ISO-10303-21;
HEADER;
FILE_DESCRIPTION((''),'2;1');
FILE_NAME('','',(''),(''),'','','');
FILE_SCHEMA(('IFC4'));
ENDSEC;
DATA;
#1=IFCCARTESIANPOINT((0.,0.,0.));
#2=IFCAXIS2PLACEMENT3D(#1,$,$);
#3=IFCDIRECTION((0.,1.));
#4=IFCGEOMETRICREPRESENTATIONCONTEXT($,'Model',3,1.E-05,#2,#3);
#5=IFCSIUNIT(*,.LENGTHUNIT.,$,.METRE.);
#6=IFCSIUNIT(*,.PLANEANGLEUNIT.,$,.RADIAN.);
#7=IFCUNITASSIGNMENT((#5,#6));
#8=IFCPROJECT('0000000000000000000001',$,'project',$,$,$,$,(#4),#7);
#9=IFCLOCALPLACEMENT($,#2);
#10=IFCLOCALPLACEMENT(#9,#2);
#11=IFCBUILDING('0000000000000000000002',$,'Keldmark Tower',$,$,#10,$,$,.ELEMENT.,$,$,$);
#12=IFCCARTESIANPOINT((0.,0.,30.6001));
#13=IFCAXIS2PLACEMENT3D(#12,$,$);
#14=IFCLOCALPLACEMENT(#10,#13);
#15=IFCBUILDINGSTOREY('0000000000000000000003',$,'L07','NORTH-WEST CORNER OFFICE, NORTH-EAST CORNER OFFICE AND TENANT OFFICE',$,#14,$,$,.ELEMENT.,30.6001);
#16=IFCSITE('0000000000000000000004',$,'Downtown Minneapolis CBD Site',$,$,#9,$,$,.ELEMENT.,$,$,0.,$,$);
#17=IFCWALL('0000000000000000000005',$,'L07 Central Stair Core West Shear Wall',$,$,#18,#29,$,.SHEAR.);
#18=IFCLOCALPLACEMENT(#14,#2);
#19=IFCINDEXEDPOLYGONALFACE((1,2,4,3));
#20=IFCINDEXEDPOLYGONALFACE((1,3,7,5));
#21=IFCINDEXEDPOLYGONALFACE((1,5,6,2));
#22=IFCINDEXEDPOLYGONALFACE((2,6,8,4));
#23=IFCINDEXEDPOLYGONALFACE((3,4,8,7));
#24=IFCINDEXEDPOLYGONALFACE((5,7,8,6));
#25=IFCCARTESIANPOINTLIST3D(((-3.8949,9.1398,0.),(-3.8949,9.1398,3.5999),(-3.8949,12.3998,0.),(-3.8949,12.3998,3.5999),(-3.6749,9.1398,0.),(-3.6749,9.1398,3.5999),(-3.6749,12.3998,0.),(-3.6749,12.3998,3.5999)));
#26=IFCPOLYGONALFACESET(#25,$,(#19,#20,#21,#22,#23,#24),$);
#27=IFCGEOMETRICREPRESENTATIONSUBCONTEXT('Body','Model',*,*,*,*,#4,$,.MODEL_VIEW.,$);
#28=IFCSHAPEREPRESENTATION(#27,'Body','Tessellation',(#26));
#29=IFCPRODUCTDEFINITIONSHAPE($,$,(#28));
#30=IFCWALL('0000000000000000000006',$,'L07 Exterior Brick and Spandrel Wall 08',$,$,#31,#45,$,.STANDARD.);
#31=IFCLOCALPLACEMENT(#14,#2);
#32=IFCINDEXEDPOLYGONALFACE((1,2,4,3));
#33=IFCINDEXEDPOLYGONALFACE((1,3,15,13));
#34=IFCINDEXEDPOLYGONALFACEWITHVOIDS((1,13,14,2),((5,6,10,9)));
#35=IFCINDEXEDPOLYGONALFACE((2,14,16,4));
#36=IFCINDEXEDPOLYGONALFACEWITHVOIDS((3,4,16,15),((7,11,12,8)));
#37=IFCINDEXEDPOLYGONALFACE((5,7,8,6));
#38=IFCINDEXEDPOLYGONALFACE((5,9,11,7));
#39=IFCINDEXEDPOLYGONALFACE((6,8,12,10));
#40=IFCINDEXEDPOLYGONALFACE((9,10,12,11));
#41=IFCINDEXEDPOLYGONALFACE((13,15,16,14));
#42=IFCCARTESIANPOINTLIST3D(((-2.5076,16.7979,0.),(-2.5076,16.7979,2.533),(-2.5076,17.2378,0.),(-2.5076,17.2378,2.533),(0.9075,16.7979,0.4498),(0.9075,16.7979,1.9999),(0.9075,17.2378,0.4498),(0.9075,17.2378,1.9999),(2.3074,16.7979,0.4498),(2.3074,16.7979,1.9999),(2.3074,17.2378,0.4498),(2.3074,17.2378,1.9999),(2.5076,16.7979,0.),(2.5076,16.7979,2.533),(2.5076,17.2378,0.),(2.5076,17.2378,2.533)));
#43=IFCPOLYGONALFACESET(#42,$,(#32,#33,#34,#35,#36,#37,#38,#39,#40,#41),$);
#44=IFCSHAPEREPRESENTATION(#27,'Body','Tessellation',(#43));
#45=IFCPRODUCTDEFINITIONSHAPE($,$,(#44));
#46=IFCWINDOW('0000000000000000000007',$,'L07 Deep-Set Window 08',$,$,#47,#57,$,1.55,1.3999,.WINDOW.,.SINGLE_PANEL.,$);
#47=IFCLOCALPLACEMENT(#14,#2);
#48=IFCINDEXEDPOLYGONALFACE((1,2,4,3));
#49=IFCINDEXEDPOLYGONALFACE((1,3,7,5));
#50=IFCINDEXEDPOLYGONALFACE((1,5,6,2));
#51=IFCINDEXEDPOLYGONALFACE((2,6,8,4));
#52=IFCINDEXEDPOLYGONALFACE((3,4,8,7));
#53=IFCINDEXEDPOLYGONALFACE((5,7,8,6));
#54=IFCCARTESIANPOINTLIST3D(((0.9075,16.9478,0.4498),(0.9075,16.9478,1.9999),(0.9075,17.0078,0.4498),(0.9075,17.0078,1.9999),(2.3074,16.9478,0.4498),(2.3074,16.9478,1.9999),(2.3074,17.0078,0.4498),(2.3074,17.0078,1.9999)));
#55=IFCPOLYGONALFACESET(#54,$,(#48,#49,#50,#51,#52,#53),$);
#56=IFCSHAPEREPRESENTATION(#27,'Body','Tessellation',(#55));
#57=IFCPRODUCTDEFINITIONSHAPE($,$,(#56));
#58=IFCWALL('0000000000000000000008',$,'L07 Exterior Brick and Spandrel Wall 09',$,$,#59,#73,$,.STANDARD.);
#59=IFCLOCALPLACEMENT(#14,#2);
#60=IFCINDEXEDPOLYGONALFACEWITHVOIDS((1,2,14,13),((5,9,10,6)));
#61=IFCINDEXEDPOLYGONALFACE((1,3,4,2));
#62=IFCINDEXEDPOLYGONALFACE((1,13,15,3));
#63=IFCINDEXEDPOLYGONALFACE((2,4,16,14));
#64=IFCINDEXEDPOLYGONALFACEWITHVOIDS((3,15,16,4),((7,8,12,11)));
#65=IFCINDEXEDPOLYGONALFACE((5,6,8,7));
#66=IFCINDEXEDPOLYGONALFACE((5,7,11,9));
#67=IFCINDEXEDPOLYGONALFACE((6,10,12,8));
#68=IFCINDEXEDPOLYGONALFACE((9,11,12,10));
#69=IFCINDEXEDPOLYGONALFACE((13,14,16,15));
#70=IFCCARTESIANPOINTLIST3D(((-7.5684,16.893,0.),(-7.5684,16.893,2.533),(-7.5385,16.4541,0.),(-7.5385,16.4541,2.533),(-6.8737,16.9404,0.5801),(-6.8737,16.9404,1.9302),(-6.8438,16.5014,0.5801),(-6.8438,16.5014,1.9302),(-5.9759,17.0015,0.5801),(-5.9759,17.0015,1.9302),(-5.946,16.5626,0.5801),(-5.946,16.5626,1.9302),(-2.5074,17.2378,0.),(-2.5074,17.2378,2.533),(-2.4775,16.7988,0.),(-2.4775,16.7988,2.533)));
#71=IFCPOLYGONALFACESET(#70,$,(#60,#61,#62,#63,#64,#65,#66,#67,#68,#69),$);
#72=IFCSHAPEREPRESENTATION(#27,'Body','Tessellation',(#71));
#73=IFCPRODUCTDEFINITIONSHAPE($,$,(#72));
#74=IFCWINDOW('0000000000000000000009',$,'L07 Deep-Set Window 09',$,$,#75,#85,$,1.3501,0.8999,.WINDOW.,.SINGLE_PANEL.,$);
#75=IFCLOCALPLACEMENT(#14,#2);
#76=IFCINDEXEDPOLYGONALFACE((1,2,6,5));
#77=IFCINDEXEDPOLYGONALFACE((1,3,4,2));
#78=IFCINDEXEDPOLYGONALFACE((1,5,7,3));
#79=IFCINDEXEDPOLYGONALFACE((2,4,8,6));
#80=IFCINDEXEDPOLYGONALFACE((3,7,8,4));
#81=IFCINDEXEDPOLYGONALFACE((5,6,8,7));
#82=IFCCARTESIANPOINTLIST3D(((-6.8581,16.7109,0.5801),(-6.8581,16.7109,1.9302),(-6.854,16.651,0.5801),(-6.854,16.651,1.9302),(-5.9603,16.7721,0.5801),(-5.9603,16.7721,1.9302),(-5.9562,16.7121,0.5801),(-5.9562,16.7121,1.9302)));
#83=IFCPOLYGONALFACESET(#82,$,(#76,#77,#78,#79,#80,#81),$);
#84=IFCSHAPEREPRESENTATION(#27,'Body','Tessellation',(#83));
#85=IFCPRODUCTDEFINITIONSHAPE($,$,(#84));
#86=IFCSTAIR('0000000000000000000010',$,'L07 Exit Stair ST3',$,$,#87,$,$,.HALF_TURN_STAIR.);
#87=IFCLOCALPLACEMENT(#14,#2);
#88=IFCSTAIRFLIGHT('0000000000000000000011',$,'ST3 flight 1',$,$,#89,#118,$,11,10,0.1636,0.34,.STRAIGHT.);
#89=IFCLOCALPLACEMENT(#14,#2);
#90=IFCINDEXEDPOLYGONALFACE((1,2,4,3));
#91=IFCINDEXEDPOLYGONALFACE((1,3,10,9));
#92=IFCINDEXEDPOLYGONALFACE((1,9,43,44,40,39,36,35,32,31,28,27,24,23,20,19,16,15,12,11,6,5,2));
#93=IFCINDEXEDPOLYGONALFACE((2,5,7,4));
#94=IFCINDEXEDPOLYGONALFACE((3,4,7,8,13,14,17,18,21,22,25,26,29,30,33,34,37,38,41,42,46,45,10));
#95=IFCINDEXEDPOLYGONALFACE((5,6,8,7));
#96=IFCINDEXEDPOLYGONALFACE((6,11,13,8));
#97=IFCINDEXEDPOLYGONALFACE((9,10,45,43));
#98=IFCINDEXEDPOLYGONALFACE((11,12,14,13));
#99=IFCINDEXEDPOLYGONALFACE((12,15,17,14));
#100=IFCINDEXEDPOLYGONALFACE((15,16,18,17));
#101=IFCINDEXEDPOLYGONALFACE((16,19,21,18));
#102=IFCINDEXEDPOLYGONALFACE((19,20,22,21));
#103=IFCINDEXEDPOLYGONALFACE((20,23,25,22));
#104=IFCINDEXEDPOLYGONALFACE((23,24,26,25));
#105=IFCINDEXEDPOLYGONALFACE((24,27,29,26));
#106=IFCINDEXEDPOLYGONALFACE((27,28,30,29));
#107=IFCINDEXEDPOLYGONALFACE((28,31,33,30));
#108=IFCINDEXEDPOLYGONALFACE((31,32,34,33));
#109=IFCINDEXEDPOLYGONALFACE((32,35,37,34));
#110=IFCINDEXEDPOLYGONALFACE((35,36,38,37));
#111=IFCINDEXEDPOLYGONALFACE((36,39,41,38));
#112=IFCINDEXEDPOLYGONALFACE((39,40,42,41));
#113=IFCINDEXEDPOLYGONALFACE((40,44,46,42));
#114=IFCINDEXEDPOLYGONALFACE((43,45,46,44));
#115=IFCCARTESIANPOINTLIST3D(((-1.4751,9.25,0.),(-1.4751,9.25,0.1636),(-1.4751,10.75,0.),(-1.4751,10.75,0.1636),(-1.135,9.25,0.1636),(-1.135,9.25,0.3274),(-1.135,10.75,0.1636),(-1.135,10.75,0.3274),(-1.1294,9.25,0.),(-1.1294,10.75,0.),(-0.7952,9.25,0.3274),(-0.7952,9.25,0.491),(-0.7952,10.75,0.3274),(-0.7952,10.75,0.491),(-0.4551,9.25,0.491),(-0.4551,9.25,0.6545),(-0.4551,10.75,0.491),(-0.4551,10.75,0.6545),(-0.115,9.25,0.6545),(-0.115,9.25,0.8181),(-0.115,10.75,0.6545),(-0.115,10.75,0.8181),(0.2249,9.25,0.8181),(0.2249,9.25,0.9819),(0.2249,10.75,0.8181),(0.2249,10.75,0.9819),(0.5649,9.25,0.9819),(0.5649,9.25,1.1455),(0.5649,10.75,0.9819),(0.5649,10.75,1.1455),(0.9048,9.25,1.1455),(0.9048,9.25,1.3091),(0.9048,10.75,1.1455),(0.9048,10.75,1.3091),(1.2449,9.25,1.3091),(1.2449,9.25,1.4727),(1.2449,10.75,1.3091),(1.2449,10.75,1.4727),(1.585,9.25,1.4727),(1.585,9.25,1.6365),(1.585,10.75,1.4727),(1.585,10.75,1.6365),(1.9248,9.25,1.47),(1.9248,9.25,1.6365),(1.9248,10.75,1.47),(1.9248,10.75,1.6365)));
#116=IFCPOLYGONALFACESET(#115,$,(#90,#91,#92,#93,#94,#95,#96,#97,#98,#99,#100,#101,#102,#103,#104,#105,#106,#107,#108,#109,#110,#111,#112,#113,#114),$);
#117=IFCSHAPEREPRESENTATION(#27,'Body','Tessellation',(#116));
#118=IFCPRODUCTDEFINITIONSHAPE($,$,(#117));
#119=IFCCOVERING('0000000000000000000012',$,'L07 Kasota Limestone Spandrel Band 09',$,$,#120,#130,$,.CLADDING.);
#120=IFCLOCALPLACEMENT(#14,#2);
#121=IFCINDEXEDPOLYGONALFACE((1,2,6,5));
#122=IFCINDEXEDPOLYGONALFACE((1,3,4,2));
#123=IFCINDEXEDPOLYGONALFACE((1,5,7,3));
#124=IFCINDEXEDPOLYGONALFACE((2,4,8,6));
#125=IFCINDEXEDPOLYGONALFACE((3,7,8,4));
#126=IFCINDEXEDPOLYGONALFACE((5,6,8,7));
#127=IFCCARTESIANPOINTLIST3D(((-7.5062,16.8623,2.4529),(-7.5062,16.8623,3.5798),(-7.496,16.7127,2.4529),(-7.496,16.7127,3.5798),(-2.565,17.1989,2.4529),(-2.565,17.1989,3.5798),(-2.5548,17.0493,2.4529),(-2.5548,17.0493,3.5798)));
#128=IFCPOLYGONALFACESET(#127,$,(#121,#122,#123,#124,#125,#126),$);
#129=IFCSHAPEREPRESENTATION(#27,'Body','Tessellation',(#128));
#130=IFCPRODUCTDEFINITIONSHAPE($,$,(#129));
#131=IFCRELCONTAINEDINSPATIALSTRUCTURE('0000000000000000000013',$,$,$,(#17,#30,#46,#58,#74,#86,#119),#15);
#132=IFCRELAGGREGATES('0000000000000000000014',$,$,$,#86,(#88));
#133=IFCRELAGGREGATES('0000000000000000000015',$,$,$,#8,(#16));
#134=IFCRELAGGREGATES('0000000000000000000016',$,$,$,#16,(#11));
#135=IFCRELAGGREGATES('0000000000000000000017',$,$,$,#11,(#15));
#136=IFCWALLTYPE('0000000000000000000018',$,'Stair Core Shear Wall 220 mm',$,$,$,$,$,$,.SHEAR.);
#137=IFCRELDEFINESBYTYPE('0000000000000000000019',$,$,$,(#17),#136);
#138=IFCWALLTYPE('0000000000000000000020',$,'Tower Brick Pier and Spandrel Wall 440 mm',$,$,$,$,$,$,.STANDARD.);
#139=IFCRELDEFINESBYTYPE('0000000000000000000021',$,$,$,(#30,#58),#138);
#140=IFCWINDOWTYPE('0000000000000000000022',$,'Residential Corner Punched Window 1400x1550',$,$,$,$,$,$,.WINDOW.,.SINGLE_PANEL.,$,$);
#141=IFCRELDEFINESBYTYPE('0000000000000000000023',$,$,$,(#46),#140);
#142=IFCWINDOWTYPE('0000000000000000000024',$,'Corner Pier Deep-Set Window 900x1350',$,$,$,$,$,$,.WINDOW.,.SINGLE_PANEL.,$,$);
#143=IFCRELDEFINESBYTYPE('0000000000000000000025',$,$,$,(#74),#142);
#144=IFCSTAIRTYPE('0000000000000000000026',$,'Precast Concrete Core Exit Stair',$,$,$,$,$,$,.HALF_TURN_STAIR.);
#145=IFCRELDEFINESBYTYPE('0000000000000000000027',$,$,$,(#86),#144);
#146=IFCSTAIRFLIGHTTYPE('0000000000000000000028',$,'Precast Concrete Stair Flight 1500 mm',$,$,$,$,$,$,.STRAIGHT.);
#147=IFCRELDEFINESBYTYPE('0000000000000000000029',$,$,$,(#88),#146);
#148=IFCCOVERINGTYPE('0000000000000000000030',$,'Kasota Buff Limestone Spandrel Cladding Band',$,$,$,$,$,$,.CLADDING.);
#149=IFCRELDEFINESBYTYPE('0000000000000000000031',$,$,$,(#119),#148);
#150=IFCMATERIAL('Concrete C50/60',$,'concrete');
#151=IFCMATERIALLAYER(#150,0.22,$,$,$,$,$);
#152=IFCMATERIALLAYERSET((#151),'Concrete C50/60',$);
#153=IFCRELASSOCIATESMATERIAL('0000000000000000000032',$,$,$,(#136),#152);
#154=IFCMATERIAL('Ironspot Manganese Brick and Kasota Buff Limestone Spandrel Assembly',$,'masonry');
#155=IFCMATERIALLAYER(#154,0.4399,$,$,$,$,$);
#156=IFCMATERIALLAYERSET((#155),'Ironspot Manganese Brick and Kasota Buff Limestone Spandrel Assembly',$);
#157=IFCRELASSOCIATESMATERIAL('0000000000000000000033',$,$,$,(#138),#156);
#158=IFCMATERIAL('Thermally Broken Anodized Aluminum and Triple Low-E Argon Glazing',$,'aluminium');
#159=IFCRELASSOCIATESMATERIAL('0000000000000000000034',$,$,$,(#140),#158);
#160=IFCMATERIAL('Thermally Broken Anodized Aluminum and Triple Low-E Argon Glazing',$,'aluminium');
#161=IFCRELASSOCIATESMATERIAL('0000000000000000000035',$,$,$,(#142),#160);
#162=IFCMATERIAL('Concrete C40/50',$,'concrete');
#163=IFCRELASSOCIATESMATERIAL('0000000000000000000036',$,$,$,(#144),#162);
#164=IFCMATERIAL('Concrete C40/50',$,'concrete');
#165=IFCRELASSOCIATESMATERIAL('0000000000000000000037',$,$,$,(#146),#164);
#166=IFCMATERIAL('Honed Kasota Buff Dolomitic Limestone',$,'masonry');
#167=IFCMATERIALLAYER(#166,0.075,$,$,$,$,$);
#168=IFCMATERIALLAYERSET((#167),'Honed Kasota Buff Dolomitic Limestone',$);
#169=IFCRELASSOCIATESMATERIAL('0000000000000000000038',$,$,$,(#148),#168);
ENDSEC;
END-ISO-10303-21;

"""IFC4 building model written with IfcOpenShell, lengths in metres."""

from ifc_helpers import new_model, si_unit, direction, frame, frame_2d, origin, origin_2d, place, context, subcontext, project, spatial, polyline, rectangle, outline, extrude, material, layer, layer_set, type_object, element, fill, aggregate, save


model = new_model("IFC4")

# Units and contexts
model_context = context("Model", 3, precision=1e-05, world=origin(), true_north=direction((0.0, 1.0)))
body_context = subcontext(model_context, "Body", "Model", "MODEL_VIEW")
ifc_project = project(units=[si_unit("LENGTHUNIT", "METRE"), si_unit("PLANEANGLEUNIT", "RADIAN")], contexts=[model_context])

# Site, building, storey
site_placement = place(None, origin())
site = spatial("IfcSite", under=ifc_project, at=site_placement, Name="Downtown Minneapolis CBD Site", CompositionType="ELEMENT", RefElevation=0.0)
building_placement = place(site_placement, origin())
building = spatial("IfcBuilding", under=site, at=building_placement, Name="Keldmark Tower", CompositionType="ELEMENT")
storey_placement = place(building_placement, frame((0.0, 0.0, 30.6001)))
storey = spatial("IfcBuildingStorey", under=building, at=storey_placement, Name="L07", Description="NORTH-WEST CORNER OFFICE, NORTH-EAST CORNER OFFICE AND TENANT OFFICE", CompositionType="ELEMENT", Elevation=30.6001)

# Wall
ifc_material_1 = material(Name="Concrete C50/60", Category="concrete")
ifc_layer_1 = layer(ifc_material_1, 0.22)
ifc_layer_set_1 = layer_set([ifc_layer_1], Name="Concrete C50/60")
wall_type_1 = type_object("IfcWallType", Name="Stair Core Shear Wall 220 mm", PredefinedType="SHEAR", material=ifc_layer_set_1)
wall_1_placement = place(storey_placement, frame((-3.7849, 9.1399, 0.0), z_axis=(0.0, 0.0, 1.0), x_axis=(0.0, 1.0, 0.0)))
element("IfcWall", 1, at=wall_1_placement, inside=storey, type_object=wall_type_1, Name="L07 Central Stair Core West Shear Wall", PredefinedType="SHEAR", context=body_context, shape_type="SweptSolid", body=[
    extrude(rectangle(XDim=3.26, YDim=0.22, at=frame_2d((1.6299, 0.0))), origin(), (0.0, 0.0, 1.0), 3.5999),
])

# Walls, openings, windows
ifc_material_2 = material(Name="Ironspot Manganese Brick and Kasota Buff Limestone Spandrel Assembly", Category="masonry")
ifc_layer_2 = layer(ifc_material_2, 0.4399)
ifc_layer_set_2 = layer_set([ifc_layer_2], Name="Ironspot Manganese Brick and Kasota Buff Limestone Spandrel Assembly")
wall_type_2 = type_object("IfcWallType", Name="Tower Brick Pier and Spandrel Wall 440 mm", PredefinedType="STANDARD", material=ifc_layer_set_2)
wall_2_placement = place(storey_placement, frame((-2.5076, 17.0178, 0.0), z_axis=(0.0, 0.0, 1.0), x_axis=(1.0, 0.0, 0.0)))
wall_2 = element("IfcWall", 2, at=wall_2_placement, inside=storey, type_object=wall_type_2, Name="L07 Exterior Brick and Spandrel Wall 08", PredefinedType="STANDARD", context=body_context, shape_type="SweptSolid", body=[
    extrude(rectangle(XDim=5.0151, YDim=0.4399, at=frame_2d((2.5076, 0.0))), origin(), (0.0, 0.0, 1.0), 2.533),
])
opening_1_placement = place(wall_2_placement, frame((3.415, 0.0, 0.45)))
opening_1 = element("IfcOpeningElement", 3, at=opening_1_placement, cuts=wall_2, PredefinedType="OPENING", context=body_context, shape_type="SweptSolid", body=[
    extrude(rectangle(XDim=1.3999, YDim=1.55, at=frame_2d((0.7, 0.7749))), frame((0.0, 0.23, 0.0), z_axis=(0.0, -1.0, 0.0), x_axis=(1.0, 0.0, 0.0)), (0.0, 0.0, 1.0), 0.46),
])
ifc_material_3 = material(Name="Thermally Broken Anodized Aluminum and Triple Low-E Argon Glazing", Category="aluminium")
window_type_1 = type_object("IfcWindowType", Name="Residential Corner Punched Window 1400x1550", PartitioningType="SINGLE_PANEL", PredefinedType="WINDOW", material=ifc_material_3)
window_1_placement = place(opening_1_placement, origin())
window_1 = element("IfcWindow", 4, at=window_1_placement, inside=storey, type_object=window_type_1, Name="L07 Deep-Set Window 08", OverallHeight=1.55, OverallWidth=1.3999, PartitioningType="SINGLE_PANEL", PredefinedType="WINDOW", context=body_context, shape_type="SweptSolid", body=[
    extrude(rectangle(XDim=1.3999, YDim=1.55, at=frame_2d((0.7, 0.7749))), frame((0.0, -0.01, 0.0), z_axis=(0.0, -1.0, 0.0), x_axis=(1.0, 0.0, 0.0)), (0.0, 0.0, 1.0), 0.0601),
])
fill(opening_1, window_1)
wall_3_placement = place(storey_placement, frame((-7.5535, 16.6736, 0.0), z_axis=(0.0, 0.0, 1.0), x_axis=(0.997688, 0.067956, 0.0)))
wall_3 = element("IfcWall", 5, at=wall_3_placement, inside=storey, type_object=wall_type_2, Name="L07 Exterior Brick and Spandrel Wall 09", PredefinedType="STANDARD", context=body_context, shape_type="SweptSolid", body=[
    extrude(rectangle(XDim=5.0728, YDim=0.4399, at=frame_2d((2.5364, 0.0))), origin(), (0.0, 0.0, 1.0), 2.533),
])
opening_2_placement = place(wall_3_placement, frame((0.6963, 0.0, 0.5801)))
opening_2 = element("IfcOpeningElement", 6, at=opening_2_placement, cuts=wall_3, PredefinedType="OPENING", context=body_context, shape_type="SweptSolid", body=[
    extrude(rectangle(XDim=0.8999, YDim=1.3501, at=frame_2d((0.45, 0.675))), frame((0.0, 0.23, 0.0), z_axis=(0.0, -1.0, 0.0), x_axis=(1.0, 0.0, 0.0)), (0.0, 0.0, 1.0), 0.46),
])
ifc_material_4 = material(Name="Thermally Broken Anodized Aluminum and Triple Low-E Argon Glazing", Category="aluminium")
window_type_2 = type_object("IfcWindowType", Name="Corner Pier Deep-Set Window 900x1350", PartitioningType="SINGLE_PANEL", PredefinedType="WINDOW", material=ifc_material_4)
window_2_placement = place(opening_2_placement, origin())
window_2 = element("IfcWindow", 7, at=window_2_placement, inside=storey, type_object=window_type_2, Name="L07 Deep-Set Window 09", OverallHeight=1.3501, OverallWidth=0.8999, PartitioningType="SINGLE_PANEL", PredefinedType="WINDOW", context=body_context, shape_type="SweptSolid", body=[
    extrude(rectangle(XDim=0.8999, YDim=1.3501, at=frame_2d((0.45, 0.675))), frame((0.0, -0.01, 0.0), z_axis=(0.0, -1.0, 0.0), x_axis=(1.0, 0.0, 0.0)), (0.0, 0.0, 1.0), 0.0601),
])
fill(opening_2, window_2)

# Stair, stair flight
ifc_material_5 = material(Name="Concrete C40/50", Category="concrete")
stair_type = type_object("IfcStairType", Name="Precast Concrete Core Exit Stair", PredefinedType="HALF_TURN_STAIR", material=ifc_material_5)
stair_placement = place(storey_placement, origin())
stair = element("IfcStair", 8, at=stair_placement, inside=storey, type_object=stair_type, Name="L07 Exit Stair ST3", PredefinedType="HALF_TURN_STAIR")
ifc_material_6 = material(Name="Concrete C40/50", Category="concrete")
stair_flight_type = type_object("IfcStairFlightType", Name="Precast Concrete Stair Flight 1500 mm", PredefinedType="STRAIGHT", material=ifc_material_6)
stair_flight_placement = place(storey_placement, frame((-1.4751, 10.0, 0.0), z_axis=(0.0, 0.0, 1.0), x_axis=(1.0, 0.0, 0.0)))
stair_flight = element("IfcStairFlight", 9, at=stair_flight_placement, type_object=stair_flight_type, Name="ST3 flight 1", NumberOfRisers=11, NumberOfTreads=10, PredefinedType="STRAIGHT", RiserHeight=0.1636, TreadLength=0.34, context=body_context, shape_type="SweptSolid", body=[
    extrude(outline(polyline([(0.0, 0.0), (0.0, 0.1636), (0.3401, 0.1636), (0.3401, 0.3274), (0.6799, 0.3274), (0.6799, 0.491), (1.02, 0.491), (1.02, 0.6545), (1.3601, 0.6545), (1.3601, 0.8181), (1.7, 0.8181), (1.7, 0.9819), (2.04, 0.9819), (2.04, 1.1455), (2.3799, 1.1455), (2.3799, 1.3091), (2.72, 1.3091), (2.72, 1.4727), (3.0601, 1.4727), (3.0601, 1.6365), (3.3999, 1.6365), (3.3999, 1.8), (3.3999, 1.47), (0.3457, 0.0), (0.0, 0.0)])), frame((0.0, 0.75, 0.0), z_axis=(0.0, -1.0, 0.0), x_axis=(1.0, 0.0, 0.0)), (0.0, 0.0, 1.0), 1.5),
])
aggregate(stair, [stair_flight])

# Covering
ifc_material_7 = material(Name="Honed Kasota Buff Dolomitic Limestone", Category="masonry")
ifc_layer_3 = layer(ifc_material_7, 0.075)
ifc_layer_set_3 = layer_set([ifc_layer_3], Name="Honed Kasota Buff Dolomitic Limestone")
covering_type = type_object("IfcCoveringType", Name="Kasota Buff Limestone Spandrel Cladding Band", PredefinedType="CLADDING", material=ifc_layer_set_3)
covering_placement = place(storey_placement, frame((-5.0305, 16.9558, 2.4529), z_axis=(0.0, 0.0, 1.0), x_axis=(-0.997688, -0.067963, 0.0)))
element("IfcCovering", 10, at=covering_placement, inside=storey, type_object=covering_type, Name="L07 Kasota Limestone Spandrel Band 09", PredefinedType="CLADDING", context=body_context, shape_type="SweptSolid", body=[
    extrude(rectangle(XDim=4.9526, YDim=0.1499, at=origin_2d()), origin(), (0.0, 0.0, 1.0), 1.127),
])

save(model, "model.ifc")
